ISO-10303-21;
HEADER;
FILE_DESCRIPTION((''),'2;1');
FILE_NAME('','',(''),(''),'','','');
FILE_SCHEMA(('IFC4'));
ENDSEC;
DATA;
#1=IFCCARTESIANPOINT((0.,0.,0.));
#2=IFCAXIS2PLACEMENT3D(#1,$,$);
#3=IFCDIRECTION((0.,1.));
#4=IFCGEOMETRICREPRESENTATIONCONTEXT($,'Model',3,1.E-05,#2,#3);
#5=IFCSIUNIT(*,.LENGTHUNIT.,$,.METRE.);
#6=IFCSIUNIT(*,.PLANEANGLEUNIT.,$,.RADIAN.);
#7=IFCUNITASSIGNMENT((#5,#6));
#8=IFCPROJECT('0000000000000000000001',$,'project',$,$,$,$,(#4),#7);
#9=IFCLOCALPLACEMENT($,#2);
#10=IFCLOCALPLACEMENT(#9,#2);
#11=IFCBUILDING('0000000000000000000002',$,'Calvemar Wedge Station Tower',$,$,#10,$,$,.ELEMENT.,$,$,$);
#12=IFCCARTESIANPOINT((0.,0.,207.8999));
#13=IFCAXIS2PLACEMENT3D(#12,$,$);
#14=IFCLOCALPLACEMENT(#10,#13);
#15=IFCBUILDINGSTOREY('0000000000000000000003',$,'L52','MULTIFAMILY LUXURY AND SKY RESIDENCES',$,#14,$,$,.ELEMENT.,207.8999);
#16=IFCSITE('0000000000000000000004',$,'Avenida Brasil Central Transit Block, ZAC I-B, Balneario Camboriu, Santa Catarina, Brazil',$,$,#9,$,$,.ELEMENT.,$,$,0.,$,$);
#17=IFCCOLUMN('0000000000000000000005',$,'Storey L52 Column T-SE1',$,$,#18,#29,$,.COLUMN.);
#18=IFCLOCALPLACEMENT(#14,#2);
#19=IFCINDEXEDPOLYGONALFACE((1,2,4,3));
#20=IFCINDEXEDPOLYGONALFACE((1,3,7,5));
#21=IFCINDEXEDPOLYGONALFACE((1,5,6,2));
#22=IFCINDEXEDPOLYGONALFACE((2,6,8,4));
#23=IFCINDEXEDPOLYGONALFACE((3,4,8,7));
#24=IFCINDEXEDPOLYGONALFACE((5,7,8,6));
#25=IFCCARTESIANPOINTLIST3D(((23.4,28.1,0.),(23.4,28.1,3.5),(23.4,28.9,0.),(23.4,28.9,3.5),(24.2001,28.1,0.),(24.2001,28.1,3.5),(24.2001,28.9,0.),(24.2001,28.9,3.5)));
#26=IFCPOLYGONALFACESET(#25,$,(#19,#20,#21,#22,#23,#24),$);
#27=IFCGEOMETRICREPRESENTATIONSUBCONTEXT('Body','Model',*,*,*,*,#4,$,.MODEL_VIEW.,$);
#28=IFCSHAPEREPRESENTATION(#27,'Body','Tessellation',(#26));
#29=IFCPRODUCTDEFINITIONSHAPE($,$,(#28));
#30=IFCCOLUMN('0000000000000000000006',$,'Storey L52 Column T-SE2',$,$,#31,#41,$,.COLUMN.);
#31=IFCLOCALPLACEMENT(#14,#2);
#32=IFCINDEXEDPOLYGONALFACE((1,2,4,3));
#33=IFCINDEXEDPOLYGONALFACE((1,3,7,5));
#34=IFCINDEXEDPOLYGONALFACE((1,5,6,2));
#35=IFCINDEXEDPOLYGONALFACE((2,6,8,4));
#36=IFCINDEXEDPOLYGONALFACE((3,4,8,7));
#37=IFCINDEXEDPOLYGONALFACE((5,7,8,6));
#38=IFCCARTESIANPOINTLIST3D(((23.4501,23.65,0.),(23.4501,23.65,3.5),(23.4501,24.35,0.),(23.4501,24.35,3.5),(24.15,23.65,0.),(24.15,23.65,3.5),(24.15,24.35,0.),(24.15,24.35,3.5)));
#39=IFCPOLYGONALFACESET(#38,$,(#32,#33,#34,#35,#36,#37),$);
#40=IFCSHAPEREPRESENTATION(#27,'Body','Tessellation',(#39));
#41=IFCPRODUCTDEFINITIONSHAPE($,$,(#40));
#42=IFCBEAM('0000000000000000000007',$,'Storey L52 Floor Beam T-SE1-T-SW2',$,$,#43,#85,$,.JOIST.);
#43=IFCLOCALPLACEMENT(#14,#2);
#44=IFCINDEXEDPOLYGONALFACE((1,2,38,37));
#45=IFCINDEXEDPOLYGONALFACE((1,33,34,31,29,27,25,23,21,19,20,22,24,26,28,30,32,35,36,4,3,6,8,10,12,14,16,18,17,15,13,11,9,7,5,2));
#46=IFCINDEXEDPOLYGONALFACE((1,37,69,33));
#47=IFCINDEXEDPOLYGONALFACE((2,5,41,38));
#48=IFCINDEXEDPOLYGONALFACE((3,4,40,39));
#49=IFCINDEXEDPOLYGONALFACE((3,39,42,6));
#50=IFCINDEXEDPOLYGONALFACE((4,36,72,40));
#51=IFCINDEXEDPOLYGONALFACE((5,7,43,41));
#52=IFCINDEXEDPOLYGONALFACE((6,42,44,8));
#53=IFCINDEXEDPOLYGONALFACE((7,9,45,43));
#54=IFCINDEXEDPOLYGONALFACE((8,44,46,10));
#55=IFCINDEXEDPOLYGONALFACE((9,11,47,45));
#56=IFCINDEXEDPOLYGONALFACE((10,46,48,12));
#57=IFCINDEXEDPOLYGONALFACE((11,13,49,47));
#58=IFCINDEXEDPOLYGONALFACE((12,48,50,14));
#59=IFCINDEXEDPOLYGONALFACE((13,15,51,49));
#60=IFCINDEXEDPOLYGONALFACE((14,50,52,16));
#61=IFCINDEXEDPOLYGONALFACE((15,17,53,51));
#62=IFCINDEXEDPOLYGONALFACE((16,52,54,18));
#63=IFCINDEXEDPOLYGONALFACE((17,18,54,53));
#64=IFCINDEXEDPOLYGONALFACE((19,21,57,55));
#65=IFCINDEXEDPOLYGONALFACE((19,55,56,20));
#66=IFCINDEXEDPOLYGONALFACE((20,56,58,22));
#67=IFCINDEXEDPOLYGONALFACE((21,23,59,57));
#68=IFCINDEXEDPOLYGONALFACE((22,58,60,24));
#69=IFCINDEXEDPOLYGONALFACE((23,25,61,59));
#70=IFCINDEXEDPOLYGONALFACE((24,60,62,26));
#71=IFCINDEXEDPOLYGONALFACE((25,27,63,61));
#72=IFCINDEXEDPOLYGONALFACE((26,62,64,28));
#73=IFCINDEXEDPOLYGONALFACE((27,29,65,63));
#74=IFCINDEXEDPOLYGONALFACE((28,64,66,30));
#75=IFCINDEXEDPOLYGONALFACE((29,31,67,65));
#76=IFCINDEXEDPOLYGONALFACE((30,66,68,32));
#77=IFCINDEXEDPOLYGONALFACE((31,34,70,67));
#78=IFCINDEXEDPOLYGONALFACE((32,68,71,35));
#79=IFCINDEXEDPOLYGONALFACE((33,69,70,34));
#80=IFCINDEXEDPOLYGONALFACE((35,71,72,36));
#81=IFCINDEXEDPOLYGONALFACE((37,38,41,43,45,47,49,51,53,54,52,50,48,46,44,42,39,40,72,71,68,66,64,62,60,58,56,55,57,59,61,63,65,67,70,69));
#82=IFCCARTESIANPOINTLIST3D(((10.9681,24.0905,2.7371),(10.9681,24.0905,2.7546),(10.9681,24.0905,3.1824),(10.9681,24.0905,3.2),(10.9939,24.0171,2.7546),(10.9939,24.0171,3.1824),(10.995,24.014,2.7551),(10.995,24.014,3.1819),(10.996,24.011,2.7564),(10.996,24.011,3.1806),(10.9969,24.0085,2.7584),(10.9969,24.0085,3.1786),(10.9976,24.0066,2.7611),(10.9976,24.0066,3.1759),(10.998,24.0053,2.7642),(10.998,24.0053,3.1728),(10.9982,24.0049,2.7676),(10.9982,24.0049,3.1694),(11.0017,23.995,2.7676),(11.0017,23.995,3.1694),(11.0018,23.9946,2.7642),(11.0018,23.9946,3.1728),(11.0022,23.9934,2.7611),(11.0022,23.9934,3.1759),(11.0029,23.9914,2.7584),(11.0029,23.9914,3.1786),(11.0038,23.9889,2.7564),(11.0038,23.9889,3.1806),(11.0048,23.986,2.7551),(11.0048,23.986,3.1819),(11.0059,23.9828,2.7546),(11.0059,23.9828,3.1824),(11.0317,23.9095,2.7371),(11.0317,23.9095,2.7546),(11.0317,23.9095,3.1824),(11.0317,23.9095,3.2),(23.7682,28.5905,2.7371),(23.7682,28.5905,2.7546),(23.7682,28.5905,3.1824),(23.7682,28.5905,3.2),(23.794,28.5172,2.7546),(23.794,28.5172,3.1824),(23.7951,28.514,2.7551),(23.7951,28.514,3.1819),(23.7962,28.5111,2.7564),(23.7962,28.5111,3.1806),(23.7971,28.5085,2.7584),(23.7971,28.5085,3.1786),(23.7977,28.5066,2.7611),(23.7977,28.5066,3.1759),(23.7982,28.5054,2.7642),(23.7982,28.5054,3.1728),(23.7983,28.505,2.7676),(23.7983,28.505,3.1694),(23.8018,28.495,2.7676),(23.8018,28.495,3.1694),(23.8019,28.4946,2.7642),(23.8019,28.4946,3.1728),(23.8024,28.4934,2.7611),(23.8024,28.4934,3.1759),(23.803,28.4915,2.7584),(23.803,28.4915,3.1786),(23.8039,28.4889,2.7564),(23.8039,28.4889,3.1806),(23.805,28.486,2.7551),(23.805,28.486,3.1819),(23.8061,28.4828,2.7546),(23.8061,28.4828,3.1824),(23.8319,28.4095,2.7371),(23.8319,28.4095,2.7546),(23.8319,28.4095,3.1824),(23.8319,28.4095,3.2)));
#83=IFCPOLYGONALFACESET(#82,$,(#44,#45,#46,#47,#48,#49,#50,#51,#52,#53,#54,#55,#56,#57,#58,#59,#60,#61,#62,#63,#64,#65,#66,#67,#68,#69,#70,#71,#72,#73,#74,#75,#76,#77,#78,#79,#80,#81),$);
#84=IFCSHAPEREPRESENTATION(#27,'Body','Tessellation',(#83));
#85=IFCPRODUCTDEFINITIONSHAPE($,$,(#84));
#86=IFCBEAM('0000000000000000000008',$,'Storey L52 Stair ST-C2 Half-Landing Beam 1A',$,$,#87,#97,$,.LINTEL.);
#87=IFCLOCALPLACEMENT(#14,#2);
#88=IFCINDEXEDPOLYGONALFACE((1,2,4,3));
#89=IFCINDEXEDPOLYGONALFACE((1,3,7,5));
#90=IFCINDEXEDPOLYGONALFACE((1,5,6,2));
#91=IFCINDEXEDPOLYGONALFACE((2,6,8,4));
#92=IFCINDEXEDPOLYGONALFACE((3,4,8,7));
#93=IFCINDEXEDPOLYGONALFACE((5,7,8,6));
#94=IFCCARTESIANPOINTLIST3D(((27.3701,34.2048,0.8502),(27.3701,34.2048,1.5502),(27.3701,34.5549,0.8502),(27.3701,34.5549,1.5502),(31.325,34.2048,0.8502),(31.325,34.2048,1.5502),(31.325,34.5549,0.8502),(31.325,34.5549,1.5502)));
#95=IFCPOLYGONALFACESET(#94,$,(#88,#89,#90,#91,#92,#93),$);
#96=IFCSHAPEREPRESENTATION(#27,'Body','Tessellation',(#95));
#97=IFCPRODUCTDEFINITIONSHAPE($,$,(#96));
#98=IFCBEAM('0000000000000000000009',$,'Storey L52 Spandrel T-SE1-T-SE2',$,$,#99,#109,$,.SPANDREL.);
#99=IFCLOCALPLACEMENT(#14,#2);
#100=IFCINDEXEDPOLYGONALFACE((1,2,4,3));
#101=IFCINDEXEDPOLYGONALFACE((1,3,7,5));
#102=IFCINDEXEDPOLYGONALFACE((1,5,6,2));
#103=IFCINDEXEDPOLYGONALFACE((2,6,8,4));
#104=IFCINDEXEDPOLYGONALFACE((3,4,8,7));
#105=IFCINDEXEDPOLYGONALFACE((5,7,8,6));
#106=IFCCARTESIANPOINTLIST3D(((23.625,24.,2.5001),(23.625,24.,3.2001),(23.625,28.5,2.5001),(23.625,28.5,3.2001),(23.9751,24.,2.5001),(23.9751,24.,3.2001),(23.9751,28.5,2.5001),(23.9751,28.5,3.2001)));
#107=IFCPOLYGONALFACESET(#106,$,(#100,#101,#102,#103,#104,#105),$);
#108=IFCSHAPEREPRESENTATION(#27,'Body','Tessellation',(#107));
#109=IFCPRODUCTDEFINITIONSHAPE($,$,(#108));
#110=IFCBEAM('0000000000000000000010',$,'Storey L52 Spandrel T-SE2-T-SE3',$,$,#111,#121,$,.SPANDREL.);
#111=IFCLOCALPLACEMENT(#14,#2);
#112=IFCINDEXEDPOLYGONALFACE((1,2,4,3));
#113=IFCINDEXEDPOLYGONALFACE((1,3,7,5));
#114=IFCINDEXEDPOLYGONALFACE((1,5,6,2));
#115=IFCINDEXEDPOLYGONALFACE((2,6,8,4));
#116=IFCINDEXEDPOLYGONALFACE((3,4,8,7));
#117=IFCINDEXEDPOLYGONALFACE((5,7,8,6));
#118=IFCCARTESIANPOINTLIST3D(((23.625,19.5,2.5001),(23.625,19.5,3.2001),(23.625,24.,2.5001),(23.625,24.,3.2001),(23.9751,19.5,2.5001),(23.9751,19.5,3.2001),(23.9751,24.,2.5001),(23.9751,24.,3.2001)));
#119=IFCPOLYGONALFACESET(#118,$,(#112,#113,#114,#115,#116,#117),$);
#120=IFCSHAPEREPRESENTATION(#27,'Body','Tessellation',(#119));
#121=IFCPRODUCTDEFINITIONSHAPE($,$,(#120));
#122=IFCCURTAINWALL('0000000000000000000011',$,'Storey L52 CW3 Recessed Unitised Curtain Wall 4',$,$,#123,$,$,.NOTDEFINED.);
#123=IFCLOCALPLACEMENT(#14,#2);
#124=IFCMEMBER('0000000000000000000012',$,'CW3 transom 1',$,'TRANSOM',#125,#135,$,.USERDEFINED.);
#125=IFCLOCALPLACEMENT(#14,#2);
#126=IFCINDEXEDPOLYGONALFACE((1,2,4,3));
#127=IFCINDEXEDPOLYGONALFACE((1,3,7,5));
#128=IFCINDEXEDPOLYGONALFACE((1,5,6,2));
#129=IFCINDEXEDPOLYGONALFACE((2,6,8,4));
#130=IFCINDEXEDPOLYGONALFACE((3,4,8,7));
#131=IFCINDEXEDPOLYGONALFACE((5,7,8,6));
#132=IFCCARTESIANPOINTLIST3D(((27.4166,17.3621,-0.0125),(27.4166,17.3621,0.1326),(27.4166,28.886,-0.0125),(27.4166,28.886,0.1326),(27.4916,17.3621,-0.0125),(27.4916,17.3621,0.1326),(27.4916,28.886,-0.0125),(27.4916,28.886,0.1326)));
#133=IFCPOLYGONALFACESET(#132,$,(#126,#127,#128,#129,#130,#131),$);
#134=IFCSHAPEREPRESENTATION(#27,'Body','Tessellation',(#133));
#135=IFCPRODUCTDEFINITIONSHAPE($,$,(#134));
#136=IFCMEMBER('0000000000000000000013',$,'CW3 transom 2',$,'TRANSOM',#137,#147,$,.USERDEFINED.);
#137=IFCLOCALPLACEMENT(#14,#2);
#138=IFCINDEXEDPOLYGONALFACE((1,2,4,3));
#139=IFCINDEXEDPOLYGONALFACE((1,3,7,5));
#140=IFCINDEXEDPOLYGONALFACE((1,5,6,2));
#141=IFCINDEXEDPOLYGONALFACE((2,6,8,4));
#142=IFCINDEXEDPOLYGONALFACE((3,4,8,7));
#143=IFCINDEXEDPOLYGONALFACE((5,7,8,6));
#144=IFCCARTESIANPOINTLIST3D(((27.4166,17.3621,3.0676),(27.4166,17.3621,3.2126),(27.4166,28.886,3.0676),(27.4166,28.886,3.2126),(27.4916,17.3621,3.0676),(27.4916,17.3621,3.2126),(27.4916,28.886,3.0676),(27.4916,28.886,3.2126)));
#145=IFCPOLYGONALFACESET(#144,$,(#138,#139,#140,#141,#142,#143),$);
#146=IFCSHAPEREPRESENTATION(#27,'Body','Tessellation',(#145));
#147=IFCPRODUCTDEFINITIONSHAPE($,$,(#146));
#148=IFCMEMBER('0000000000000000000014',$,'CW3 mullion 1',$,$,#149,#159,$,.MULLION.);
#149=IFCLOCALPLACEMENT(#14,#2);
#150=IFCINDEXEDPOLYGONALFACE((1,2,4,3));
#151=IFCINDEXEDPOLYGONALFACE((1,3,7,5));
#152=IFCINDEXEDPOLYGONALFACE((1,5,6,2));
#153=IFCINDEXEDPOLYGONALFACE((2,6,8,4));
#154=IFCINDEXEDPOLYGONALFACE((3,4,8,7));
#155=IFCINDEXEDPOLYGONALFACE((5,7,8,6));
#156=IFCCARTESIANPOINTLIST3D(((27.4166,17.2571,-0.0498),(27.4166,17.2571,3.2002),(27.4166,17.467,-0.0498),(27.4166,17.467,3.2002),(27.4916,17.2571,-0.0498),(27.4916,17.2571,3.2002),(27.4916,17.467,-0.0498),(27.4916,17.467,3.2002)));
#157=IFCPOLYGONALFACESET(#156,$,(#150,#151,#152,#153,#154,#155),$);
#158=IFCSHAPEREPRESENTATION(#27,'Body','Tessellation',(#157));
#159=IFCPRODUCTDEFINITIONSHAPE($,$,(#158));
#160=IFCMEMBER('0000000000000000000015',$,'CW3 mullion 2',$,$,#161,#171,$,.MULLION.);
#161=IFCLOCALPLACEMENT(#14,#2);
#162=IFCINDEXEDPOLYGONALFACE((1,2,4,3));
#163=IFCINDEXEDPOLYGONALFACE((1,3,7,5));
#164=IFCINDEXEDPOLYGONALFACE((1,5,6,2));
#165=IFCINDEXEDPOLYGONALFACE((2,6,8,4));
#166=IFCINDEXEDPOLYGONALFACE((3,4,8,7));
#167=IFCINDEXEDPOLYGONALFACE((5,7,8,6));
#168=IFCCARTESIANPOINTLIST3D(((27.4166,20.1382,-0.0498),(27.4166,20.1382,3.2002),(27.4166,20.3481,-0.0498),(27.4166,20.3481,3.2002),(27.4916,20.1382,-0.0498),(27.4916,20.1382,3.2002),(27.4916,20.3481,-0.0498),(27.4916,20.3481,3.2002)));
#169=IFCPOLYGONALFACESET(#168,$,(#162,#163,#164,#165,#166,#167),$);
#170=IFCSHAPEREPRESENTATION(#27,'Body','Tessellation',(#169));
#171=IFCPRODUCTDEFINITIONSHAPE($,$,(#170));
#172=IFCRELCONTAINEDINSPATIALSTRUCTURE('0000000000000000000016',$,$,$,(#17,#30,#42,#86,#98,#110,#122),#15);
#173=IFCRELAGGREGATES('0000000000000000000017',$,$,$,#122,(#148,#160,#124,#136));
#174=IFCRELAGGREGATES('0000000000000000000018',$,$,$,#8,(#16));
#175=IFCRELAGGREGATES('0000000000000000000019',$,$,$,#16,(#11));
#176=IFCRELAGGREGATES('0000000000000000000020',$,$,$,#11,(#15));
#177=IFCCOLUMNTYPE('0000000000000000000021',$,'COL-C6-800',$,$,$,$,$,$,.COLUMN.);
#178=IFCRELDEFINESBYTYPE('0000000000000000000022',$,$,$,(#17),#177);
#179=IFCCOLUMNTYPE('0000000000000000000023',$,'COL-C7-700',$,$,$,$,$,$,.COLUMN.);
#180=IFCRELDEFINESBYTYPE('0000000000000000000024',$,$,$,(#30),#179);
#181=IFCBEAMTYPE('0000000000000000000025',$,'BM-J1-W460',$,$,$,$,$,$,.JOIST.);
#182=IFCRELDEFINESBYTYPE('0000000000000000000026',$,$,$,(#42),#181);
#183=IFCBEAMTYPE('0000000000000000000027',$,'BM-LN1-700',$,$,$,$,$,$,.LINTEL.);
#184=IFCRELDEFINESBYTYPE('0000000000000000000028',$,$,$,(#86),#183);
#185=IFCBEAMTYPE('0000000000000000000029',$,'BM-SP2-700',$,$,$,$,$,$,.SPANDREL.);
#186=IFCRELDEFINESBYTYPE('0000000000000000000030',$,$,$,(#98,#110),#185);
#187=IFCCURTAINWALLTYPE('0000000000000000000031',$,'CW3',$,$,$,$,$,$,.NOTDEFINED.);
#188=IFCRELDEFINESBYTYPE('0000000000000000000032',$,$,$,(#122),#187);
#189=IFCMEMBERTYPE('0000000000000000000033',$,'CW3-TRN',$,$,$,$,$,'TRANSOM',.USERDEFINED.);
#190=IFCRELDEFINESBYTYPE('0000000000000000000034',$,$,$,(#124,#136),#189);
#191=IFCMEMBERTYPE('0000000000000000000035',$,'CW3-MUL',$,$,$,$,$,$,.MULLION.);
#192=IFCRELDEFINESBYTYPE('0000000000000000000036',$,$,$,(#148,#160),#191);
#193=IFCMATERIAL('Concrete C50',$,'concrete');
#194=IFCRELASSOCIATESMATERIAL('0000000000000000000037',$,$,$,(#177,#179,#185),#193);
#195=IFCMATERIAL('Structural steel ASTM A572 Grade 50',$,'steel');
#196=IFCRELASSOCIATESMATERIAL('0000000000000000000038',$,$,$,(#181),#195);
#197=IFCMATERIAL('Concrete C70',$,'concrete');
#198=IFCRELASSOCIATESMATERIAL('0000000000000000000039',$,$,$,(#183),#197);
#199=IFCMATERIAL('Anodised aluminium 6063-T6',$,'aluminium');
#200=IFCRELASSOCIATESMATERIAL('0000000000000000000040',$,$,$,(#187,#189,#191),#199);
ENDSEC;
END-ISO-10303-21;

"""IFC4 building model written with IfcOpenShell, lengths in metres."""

from ifc_helpers import new_model, si_unit, direction, frame, origin, origin_2d, place, context, subcontext, project, spatial, rectangle, i_section, extrude, source, transform, mapped, material, material_profile, profile_set, type_object, element, aggregate, save


model = new_model("IFC4")

# Units and contexts
model_context = context("Model", 3, precision=1e-05, world=origin(), true_north=direction((0.0, 1.0)))
body_context = subcontext(model_context, "Body", "Model", "MODEL_VIEW")
ifc_project = project(units=[si_unit("LENGTHUNIT", "METRE"), si_unit("PLANEANGLEUNIT", "RADIAN")], contexts=[model_context])

# Site, building, storey
site_placement = place(None, origin())
site = spatial("IfcSite", under=ifc_project, at=site_placement, Name="Avenida Brasil Central Transit Block, ZAC I-B, Balneario Camboriu, Santa Catarina, Brazil", CompositionType="ELEMENT", RefElevation=0.0)
building_placement = place(site_placement, origin())
building = spatial("IfcBuilding", under=site, at=building_placement, Name="Calvemar Wedge Station Tower", CompositionType="ELEMENT")
storey_placement = place(building_placement, frame((0.0, 0.0, 207.8999)))
storey = spatial("IfcBuildingStorey", under=building, at=storey_placement, Name="L52", Description="MULTIFAMILY LUXURY AND SKY RESIDENCES", CompositionType="ELEMENT", Elevation=207.8999)

# Columns
ifc_material_1 = material(Name="Concrete C50", Category="concrete")
ifc_material_profile_1 = material_profile(ifc_material_1, rectangle(XDim=0.8, YDim=0.8, at=origin_2d()), Name="RC800x800")
ifc_profile_set_1 = profile_set([ifc_material_profile_1], Name="Concrete C50")
column_type_1 = type_object("IfcColumnType", Name="COL-C6-800", PredefinedType="COLUMN", material=ifc_profile_set_1)
shared_shape_1 = source(origin(), body_context, "Body", "SweptSolid", [
    extrude(rectangle(XDim=0.8, YDim=0.8, at=origin_2d()), origin(), (0.0, 0.0, 1.0), 3.5),
])
column_1_placement = place(storey_placement, frame((23.8, 28.5, 0.0), z_axis=(0.0, 0.0, 1.0), x_axis=(1.0, 0.0, 0.0)))
element("IfcColumn", 1, at=column_1_placement, inside=storey, type_object=column_type_1, Name="Storey L52 Column T-SE1", PredefinedType="COLUMN", context=body_context, shape_type="MappedRepresentation", body=[
    mapped(shared_shape_1, transform((0.0, 0.0, 0.0), scale=1.0)),
])
ifc_material_profile_2 = material_profile(ifc_material_1, rectangle(XDim=0.7, YDim=0.7, at=origin_2d()), Name="RC700x700")
ifc_profile_set_2 = profile_set([ifc_material_profile_2], Name="Concrete C50")
column_type_2 = type_object("IfcColumnType", Name="COL-C7-700", PredefinedType="COLUMN", material=ifc_profile_set_2)
shared_shape_2 = source(origin(), body_context, "Body", "SweptSolid", [
    extrude(rectangle(XDim=0.7, YDim=0.7, at=origin_2d()), origin(), (0.0, 0.0, 1.0), 3.5),
])
column_2_placement = place(storey_placement, frame((23.8, 24.0, 0.0), z_axis=(0.0, 0.0, 1.0), x_axis=(1.0, 0.0, 0.0)))
element("IfcColumn", 2, at=column_2_placement, inside=storey, type_object=column_type_2, Name="Storey L52 Column T-SE2", PredefinedType="COLUMN", context=body_context, shape_type="MappedRepresentation", body=[
    mapped(shared_shape_2, transform((0.0, 0.0, 0.0), scale=1.0)),
])

# Beams
ifc_material_2 = material(Name="Structural steel ASTM A572 Grade 50", Category="steel")
ifc_material_profile_3 = material_profile(ifc_material_2, i_section(OverallWidth=0.1919, OverallDepth=0.4629, WebThickness=0.0105, FlangeThickness=0.0176, FilletRadius=0.0129, at=origin_2d()), Name="W460x89")
ifc_profile_set_3 = profile_set([ifc_material_profile_3], Name="Structural steel ASTM A572 Grade 50")
beam_type_1 = type_object("IfcBeamType", Name="BM-J1-W460", PredefinedType="JOIST", material=ifc_profile_set_3)
shared_shape_3 = source(origin(), body_context, "Body", "SweptSolid", [
    extrude(i_section(OverallWidth=0.1919, OverallDepth=0.4629, WebThickness=0.0105, FlangeThickness=0.0176, FilletRadius=0.0129, at=origin_2d()), origin(), (0.0, 0.0, 1.0), 13.5681),
])
beam_1_placement = place(storey_placement, frame((23.8, 28.5, 2.9685), z_axis=(-0.943398, -0.331662, 0.0), x_axis=(0.331662, -0.943398, 0.0)))
element("IfcBeam", 3, at=beam_1_placement, inside=storey, type_object=beam_type_1, Name="Storey L52 Floor Beam T-SE1-T-SW2", PredefinedType="JOIST", context=body_context, shape_type="MappedRepresentation", body=[
    mapped(shared_shape_3, transform((0.0, 0.0, 0.0), scale=1.0)),
])
ifc_material_3 = material(Name="Concrete C70", Category="concrete")
ifc_material_profile_4 = material_profile(ifc_material_3, rectangle(XDim=0.3501, YDim=0.7, at=origin_2d()), Name="RC350x700")
ifc_profile_set_4 = profile_set([ifc_material_profile_4], Name="Concrete C70")
beam_type_2 = type_object("IfcBeamType", Name="BM-LN1-700", PredefinedType="LINTEL", material=ifc_profile_set_4)
shared_shape_4 = source(origin(), body_context, "Body", "SweptSolid", [
    extrude(rectangle(XDim=0.3501, YDim=0.7, at=origin_2d()), origin(), (0.0, 0.0, 1.0), 3.9548),
])
beam_2_placement = place(storey_placement, frame((27.3701, 34.3799, 1.2002), z_axis=(1.0, 0.0, 0.0), x_axis=(0.0, 1.0, 0.0)))
element("IfcBeam", 4, at=beam_2_placement, inside=storey, type_object=beam_type_2, Name="Storey L52 Stair ST-C2 Half-Landing Beam 1A", PredefinedType="LINTEL", context=body_context, shape_type="MappedRepresentation", body=[
    mapped(shared_shape_4, transform((0.0, 0.0, 0.0), scale=1.0)),
])
ifc_material_profile_5 = material_profile(ifc_material_1, rectangle(XDim=0.3501, YDim=0.7, at=origin_2d()), Name="RC350x700")
ifc_profile_set_5 = profile_set([ifc_material_profile_5], Name="Concrete C50")
beam_type_3 = type_object("IfcBeamType", Name="BM-SP2-700", PredefinedType="SPANDREL", material=ifc_profile_set_5)
shared_shape_5 = source(origin(), body_context, "Body", "SweptSolid", [
    extrude(rectangle(XDim=0.3501, YDim=0.7, at=origin_2d()), origin(), (0.0, 0.0, 1.0), 4.5),
])
for number, where, z_axis, x_axis, name in (
    (5, (23.8, 28.5, 2.8501), (0.0, -1.0, 0.0), (1.0, 0.0, 0.0), "Storey L52 Spandrel T-SE1-T-SE2"),
    (6, (23.8, 24.0, 2.8501), (0.0, -1.0, 0.0), (1.0, 0.0, 0.0), "Storey L52 Spandrel T-SE2-T-SE3"),
):
    element("IfcBeam", number, at=place(storey_placement, frame(where, z_axis=z_axis, x_axis=x_axis)), inside=storey, type_object=beam_type_3, Name=name, PredefinedType="SPANDREL", context=body_context, shape_type="MappedRepresentation", body=[
        mapped(shared_shape_5, transform((0.0, 0.0, 0.0), scale=1.0)),
    ])

# Curtain wall, members
ifc_material_4 = material(Name="Anodised aluminium 6063-T6", Category="aluminium")
curtain_wall_type = type_object("IfcCurtainWallType", Name="CW3", PredefinedType="NOTDEFINED", material=ifc_material_4)
curtain_wall_placement = place(storey_placement, origin())
curtain_wall = element("IfcCurtainWall", 7, at=curtain_wall_placement, inside=storey, type_object=curtain_wall_type, Name="Storey L52 CW3 Recessed Unitised Curtain Wall 4", PredefinedType="NOTDEFINED")
ifc_material_profile_6 = material_profile(ifc_material_4, rectangle(XDim=0.075, YDim=0.145, at=origin_2d()), Name="AL-TRN-75x145")
ifc_profile_set_6 = profile_set([ifc_material_profile_6], Name="Anodised aluminium 6063-T6")
member_type_1 = type_object("IfcMemberType", Name="CW3-TRN", ElementType="TRANSOM", PredefinedType="USERDEFINED", material=ifc_profile_set_6)
shared_shape_6 = source(origin(), body_context, "Body", "SweptSolid", [
    extrude(rectangle(XDim=0.075, YDim=0.145, at=origin_2d()), origin(), (0.0, 0.0, 1.0), 11.5239),
])
member_1_placement = place(storey_placement, frame((27.4541, 17.3621, 0.0601), z_axis=(0.0, 1.0, 0.0), x_axis=(-1.0, 0.0, 0.0)))
member_1 = element("IfcMember", 8, at=member_1_placement, type_object=member_type_1, Name="CW3 transom 1", ObjectType="TRANSOM", PredefinedType="USERDEFINED", context=body_context, shape_type="MappedRepresentation", body=[
    mapped(shared_shape_6, transform((0.0, 0.0, 0.0), scale=1.0)),
])
member_2_placement = place(storey_placement, frame((27.4541, 17.3621, 3.1401), z_axis=(0.0, 1.0, 0.0), x_axis=(-1.0, 0.0, 0.0)))
member_2 = element("IfcMember", 9, at=member_2_placement, type_object=member_type_1, Name="CW3 transom 2", ObjectType="TRANSOM", PredefinedType="USERDEFINED", context=body_context, shape_type="MappedRepresentation", body=[
    mapped(shared_shape_6, transform((0.0, 0.0, 0.0), scale=1.0)),
])
ifc_material_profile_7 = material_profile(ifc_material_4, rectangle(XDim=0.075, YDim=0.21, at=origin_2d()), Name="AL-MUL-75x210")
ifc_profile_set_7 = profile_set([ifc_material_profile_7], Name="Anodised aluminium 6063-T6")
member_type_2 = type_object("IfcMemberType", Name="CW3-MUL", PredefinedType="MULLION", material=ifc_profile_set_7)
shared_shape_7 = source(origin(), body_context, "Body", "SweptSolid", [
    extrude(rectangle(XDim=0.075, YDim=0.21, at=origin_2d()), origin(), (0.0, 0.0, 1.0), 3.25),
])
member_3_placement = place(storey_placement, frame((27.4541, 17.3621, -0.0498), z_axis=(0.0, 0.0, 1.0), x_axis=(1.0, 0.0, 0.0)))
member_3 = element("IfcMember", 10, at=member_3_placement, type_object=member_type_2, Name="CW3 mullion 1", PredefinedType="MULLION", context=body_context, shape_type="MappedRepresentation", body=[
    mapped(shared_shape_7, transform((0.0, 0.0, 0.0), scale=1.0)),
])
member_4_placement = place(storey_placement, frame((27.4541, 20.2432, -0.0498), z_axis=(0.0, 0.0, 1.0), x_axis=(1.0, 0.0, 0.0)))
member_4 = element("IfcMember", 11, at=member_4_placement, type_object=member_type_2, Name="CW3 mullion 2", PredefinedType="MULLION", context=body_context, shape_type="MappedRepresentation", body=[
    mapped(shared_shape_7, transform((0.0, 0.0, 0.0), scale=1.0)),
])
aggregate(curtain_wall, [member_3, member_4, member_1, member_2])

save(model, "model.ifc")
